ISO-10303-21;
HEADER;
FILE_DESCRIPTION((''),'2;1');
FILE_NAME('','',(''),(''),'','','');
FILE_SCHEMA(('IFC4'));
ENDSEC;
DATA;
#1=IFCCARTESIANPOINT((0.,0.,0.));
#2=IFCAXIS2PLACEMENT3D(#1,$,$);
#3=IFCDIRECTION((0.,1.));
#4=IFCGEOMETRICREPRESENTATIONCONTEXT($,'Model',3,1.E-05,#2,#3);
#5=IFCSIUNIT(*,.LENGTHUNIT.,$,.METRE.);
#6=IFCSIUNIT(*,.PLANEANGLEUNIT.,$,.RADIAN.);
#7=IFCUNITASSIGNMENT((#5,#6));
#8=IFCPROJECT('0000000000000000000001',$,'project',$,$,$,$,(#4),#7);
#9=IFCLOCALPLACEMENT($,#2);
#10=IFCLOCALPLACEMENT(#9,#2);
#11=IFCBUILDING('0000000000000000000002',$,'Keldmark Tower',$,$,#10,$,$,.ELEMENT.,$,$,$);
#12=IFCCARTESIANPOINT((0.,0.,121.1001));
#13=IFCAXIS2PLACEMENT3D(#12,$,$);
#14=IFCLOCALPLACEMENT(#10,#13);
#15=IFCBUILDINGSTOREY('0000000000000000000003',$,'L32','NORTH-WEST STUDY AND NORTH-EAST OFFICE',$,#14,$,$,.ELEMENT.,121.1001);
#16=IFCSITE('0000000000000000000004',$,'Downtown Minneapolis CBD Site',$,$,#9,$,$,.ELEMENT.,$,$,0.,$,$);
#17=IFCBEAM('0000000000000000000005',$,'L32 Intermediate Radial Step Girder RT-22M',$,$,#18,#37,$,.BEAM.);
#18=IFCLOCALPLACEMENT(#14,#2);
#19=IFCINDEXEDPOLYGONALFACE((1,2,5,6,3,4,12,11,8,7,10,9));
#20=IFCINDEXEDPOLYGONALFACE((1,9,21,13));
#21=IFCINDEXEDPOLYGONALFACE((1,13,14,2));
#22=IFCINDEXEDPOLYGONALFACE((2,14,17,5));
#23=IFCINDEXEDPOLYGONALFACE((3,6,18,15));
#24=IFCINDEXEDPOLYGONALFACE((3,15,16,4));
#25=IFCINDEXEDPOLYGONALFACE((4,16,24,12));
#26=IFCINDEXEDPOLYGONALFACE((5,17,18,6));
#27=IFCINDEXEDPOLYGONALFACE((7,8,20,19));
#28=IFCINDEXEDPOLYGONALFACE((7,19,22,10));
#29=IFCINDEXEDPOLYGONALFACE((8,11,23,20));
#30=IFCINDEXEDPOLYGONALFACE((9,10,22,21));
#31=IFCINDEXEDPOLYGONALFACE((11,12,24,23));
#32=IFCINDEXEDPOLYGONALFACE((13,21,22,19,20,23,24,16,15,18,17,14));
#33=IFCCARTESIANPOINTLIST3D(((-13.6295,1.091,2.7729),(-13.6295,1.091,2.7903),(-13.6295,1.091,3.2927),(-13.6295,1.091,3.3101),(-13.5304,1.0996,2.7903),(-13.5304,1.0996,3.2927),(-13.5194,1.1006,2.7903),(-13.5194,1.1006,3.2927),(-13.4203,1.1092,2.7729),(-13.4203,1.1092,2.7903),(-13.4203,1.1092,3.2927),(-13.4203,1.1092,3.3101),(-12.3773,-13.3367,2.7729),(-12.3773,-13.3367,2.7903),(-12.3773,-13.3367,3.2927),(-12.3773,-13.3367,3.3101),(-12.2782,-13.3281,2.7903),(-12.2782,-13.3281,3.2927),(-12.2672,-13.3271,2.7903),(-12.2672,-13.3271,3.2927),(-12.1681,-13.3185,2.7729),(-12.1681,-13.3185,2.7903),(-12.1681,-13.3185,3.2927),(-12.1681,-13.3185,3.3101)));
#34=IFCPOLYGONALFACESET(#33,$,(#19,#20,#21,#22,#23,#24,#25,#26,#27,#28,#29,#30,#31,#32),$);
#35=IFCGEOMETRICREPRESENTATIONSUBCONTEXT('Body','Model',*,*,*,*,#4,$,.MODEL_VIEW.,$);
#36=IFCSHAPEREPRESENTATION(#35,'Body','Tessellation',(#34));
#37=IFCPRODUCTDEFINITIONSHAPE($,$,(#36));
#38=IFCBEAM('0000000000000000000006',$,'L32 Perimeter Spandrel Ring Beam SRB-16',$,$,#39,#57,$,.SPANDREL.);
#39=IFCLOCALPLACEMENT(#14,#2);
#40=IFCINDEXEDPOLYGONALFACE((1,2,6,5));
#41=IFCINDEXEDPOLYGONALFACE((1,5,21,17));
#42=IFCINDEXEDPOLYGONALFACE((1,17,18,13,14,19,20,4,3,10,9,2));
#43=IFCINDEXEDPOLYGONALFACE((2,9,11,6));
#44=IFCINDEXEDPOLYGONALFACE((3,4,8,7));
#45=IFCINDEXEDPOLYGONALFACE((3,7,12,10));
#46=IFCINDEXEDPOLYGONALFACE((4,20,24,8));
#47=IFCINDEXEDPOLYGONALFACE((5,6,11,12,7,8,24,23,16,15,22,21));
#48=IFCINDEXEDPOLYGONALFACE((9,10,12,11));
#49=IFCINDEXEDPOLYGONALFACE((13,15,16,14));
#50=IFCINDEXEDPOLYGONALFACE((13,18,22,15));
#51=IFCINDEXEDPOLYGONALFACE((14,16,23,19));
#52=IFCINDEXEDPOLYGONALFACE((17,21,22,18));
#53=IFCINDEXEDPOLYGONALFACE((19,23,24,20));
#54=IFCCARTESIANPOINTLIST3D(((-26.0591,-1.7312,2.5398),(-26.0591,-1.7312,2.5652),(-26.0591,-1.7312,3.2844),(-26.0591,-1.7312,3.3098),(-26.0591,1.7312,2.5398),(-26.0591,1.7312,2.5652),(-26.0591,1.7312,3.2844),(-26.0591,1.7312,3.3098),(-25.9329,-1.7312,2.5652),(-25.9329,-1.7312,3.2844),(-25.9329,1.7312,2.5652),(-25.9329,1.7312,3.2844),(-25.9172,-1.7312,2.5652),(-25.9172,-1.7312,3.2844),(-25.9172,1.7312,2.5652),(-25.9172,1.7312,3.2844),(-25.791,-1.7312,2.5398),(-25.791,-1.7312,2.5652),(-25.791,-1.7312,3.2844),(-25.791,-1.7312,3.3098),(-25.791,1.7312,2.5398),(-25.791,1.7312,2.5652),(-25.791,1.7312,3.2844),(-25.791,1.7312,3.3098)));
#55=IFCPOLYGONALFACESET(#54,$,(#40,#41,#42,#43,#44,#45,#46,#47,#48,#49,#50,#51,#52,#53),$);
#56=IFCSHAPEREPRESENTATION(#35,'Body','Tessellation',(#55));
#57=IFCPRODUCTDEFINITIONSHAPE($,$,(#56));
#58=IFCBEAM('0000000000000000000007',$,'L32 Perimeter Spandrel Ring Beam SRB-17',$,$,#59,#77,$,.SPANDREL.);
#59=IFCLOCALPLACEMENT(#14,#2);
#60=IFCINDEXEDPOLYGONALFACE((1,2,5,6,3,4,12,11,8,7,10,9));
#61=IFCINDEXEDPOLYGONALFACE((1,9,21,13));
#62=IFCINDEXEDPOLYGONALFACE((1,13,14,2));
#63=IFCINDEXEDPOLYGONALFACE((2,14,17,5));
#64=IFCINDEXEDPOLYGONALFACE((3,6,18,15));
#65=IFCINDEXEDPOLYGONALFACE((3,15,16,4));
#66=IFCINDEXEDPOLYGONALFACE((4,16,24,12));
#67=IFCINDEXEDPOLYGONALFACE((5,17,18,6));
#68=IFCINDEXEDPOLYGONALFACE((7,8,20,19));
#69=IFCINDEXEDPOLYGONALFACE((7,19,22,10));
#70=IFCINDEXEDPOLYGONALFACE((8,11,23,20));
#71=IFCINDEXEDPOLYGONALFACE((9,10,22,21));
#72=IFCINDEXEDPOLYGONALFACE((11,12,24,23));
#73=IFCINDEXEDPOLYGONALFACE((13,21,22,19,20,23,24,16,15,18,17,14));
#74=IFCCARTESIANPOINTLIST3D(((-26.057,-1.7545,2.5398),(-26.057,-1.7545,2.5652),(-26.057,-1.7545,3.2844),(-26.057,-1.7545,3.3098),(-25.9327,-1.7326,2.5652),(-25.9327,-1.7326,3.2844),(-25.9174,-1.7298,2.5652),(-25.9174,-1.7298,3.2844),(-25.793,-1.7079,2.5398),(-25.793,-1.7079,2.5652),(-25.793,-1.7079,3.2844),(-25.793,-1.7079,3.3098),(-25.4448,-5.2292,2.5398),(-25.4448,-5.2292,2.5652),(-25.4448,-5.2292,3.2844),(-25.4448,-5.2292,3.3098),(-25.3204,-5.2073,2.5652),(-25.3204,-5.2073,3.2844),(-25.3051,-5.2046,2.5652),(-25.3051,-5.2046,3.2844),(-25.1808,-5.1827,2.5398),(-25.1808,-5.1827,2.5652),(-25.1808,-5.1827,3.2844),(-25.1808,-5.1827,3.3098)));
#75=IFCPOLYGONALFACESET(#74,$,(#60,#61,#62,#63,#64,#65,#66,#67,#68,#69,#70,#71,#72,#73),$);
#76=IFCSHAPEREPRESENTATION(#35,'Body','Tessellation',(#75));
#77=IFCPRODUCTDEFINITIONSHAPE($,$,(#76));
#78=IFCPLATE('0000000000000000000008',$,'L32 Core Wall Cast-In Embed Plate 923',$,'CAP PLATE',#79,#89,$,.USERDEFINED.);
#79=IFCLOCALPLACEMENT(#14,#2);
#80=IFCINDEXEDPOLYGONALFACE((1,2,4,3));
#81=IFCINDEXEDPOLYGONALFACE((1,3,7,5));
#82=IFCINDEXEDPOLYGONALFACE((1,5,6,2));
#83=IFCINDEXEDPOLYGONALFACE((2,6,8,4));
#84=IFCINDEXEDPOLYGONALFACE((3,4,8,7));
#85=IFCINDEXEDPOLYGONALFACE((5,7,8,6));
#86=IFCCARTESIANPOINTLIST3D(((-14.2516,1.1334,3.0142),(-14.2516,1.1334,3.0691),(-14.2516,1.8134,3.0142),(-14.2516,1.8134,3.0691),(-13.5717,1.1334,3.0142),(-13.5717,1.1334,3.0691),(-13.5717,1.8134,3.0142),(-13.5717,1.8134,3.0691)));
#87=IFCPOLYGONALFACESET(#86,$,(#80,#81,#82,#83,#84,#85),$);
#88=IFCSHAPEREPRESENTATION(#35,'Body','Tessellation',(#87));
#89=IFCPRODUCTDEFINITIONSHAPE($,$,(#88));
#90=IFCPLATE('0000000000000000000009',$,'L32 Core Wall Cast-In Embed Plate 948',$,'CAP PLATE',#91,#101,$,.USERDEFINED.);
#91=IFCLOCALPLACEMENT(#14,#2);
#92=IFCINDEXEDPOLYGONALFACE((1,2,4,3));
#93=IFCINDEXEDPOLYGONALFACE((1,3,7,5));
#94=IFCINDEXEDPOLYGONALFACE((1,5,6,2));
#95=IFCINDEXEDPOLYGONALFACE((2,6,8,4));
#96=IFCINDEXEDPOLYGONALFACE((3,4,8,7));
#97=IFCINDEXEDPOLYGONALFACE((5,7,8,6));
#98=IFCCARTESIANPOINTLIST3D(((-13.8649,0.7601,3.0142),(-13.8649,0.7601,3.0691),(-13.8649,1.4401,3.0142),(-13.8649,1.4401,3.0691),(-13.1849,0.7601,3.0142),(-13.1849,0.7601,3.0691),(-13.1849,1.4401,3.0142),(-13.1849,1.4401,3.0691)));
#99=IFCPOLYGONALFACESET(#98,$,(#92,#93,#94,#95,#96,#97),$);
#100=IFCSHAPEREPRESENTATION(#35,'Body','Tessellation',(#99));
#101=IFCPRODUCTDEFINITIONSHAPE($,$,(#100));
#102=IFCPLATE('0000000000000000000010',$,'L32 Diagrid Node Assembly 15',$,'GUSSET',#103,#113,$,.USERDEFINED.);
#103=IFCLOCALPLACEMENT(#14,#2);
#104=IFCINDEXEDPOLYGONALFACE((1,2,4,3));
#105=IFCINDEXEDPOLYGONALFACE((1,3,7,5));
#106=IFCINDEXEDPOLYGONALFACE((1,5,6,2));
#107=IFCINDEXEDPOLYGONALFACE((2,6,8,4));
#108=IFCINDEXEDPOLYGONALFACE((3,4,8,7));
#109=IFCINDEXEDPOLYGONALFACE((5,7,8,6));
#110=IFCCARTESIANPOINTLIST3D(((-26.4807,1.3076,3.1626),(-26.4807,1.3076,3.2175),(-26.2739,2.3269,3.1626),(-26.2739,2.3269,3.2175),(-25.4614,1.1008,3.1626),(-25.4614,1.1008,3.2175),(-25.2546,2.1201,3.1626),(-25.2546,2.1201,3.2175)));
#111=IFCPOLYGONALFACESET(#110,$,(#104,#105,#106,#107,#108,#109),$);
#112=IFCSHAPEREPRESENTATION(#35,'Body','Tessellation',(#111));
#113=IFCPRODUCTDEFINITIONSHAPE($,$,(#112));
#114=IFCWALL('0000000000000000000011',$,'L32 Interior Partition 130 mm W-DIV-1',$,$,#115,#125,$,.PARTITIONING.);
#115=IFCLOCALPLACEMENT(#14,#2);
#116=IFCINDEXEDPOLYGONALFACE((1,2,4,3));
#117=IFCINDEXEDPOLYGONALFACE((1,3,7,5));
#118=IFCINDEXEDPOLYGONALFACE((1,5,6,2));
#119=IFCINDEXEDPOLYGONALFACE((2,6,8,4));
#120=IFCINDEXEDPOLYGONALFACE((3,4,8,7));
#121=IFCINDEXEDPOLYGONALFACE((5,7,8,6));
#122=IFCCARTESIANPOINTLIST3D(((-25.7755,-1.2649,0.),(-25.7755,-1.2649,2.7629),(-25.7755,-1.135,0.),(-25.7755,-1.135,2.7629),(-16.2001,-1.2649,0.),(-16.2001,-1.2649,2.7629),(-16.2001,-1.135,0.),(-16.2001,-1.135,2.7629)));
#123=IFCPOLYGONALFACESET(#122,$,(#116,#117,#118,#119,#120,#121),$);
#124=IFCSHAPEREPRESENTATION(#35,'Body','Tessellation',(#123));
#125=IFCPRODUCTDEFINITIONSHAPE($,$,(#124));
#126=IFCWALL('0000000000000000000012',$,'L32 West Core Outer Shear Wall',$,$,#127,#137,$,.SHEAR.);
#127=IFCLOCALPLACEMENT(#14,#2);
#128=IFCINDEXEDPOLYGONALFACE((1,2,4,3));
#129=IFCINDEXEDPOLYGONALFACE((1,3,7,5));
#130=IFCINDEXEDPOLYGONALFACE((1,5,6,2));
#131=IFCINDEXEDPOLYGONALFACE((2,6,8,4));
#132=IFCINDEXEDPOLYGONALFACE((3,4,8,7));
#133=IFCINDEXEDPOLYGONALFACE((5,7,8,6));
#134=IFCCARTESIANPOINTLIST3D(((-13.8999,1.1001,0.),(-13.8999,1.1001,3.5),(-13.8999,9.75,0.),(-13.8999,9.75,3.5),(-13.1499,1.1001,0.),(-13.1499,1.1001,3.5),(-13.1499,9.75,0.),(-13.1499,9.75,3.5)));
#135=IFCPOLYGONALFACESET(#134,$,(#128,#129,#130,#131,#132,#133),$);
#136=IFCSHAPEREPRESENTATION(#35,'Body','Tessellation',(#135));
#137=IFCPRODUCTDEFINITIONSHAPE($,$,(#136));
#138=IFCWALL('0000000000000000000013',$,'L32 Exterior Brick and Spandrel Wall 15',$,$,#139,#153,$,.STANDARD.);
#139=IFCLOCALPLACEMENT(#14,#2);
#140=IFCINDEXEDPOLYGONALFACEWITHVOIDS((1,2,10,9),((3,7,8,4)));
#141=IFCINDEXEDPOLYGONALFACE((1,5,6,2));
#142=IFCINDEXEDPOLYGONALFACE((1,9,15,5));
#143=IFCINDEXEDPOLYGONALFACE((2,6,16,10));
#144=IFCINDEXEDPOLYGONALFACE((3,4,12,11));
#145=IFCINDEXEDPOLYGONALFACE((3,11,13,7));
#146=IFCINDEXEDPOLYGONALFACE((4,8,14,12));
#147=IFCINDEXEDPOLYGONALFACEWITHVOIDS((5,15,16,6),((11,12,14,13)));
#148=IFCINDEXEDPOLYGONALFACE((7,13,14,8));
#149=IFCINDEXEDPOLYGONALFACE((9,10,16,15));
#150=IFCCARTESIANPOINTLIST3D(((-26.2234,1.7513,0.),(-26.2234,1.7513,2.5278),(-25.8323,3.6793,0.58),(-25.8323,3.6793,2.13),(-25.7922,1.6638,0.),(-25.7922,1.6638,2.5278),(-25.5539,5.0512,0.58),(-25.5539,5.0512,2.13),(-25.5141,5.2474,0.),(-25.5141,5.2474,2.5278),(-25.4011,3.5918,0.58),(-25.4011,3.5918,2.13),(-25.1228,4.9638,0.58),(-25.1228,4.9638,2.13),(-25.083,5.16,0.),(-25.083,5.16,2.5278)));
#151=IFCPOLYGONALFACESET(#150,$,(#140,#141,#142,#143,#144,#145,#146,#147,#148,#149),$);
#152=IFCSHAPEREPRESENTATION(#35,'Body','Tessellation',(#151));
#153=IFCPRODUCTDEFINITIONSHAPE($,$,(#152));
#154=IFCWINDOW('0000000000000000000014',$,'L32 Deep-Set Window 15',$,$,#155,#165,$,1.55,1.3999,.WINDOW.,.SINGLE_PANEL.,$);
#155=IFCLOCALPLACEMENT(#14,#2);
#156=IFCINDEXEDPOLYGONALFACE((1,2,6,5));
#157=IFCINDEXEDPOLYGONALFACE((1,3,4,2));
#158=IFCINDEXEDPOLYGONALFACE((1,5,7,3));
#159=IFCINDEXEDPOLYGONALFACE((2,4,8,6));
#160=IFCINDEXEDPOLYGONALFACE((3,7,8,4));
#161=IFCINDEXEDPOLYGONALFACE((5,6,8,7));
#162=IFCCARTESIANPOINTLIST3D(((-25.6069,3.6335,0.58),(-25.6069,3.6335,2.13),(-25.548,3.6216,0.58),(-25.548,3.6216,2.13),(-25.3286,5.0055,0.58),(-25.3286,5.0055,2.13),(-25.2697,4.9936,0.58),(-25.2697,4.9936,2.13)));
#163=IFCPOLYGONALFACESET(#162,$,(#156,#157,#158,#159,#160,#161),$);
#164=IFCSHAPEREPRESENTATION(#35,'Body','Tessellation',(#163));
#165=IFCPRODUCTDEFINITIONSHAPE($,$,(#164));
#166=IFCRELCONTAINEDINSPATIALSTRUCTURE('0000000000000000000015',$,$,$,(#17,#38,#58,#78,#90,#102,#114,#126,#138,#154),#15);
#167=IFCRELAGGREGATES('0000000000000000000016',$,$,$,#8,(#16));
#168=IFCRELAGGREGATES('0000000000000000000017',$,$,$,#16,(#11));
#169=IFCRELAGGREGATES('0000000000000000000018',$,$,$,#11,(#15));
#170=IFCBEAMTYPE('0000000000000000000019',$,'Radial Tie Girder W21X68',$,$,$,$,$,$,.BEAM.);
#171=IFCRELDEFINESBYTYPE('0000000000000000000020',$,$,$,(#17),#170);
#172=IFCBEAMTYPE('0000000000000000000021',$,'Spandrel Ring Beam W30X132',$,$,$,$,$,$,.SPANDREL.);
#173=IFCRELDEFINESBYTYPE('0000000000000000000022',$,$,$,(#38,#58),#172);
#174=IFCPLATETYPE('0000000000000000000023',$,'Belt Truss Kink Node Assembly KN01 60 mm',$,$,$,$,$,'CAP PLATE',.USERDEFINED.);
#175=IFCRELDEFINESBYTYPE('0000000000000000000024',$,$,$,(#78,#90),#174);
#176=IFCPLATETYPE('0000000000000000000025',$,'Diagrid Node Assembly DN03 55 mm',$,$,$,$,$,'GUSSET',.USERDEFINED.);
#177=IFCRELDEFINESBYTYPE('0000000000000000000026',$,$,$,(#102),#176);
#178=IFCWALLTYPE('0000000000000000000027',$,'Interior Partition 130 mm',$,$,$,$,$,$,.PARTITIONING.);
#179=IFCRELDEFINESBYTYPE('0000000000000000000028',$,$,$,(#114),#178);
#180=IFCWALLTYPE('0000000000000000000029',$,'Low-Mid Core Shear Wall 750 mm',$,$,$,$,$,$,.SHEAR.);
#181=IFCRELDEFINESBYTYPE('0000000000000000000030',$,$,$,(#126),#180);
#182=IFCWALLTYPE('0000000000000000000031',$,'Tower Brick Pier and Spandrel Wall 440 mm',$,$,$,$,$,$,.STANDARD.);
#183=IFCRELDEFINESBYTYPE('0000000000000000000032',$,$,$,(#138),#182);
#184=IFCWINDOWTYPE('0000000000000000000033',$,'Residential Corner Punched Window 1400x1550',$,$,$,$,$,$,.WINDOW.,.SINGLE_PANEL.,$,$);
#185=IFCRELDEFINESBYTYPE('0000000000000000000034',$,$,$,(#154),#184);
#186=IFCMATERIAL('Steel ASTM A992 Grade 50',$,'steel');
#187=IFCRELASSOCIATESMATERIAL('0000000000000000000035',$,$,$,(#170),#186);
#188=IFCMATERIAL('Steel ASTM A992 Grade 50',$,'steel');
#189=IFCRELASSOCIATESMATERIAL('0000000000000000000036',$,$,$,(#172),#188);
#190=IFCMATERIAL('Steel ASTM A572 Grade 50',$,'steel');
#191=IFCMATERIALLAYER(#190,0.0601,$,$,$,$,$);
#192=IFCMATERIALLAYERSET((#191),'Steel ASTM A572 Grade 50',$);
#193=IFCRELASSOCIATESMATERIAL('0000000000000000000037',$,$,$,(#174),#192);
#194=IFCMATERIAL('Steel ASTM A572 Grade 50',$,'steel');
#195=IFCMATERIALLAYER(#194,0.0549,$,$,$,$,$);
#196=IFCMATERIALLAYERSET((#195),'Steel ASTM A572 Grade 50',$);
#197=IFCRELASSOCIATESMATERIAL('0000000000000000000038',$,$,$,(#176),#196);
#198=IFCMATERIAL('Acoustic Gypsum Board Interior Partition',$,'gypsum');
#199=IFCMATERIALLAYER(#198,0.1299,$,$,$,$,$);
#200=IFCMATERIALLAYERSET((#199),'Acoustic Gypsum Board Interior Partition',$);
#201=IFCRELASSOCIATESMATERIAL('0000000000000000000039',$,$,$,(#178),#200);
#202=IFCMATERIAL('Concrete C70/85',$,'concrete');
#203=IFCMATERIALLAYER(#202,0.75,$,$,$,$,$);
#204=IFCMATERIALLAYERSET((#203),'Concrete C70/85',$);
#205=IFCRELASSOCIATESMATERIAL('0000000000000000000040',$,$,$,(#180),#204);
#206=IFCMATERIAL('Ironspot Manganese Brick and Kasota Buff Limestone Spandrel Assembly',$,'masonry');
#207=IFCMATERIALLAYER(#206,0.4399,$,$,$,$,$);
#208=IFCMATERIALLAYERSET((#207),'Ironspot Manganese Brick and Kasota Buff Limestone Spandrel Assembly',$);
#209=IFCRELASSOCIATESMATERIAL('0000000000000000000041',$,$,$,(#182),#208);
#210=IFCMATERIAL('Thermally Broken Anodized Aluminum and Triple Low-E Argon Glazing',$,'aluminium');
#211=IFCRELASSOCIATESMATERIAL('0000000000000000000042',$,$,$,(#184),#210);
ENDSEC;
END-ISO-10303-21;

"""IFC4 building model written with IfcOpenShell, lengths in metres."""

from ifc_helpers import new_model, si_unit, direction, frame, frame_2d, origin, origin_2d, place, context, subcontext, project, spatial, rectangle, i_section, extrude, material, layer, layer_set, material_profile, profile_set, type_object, element, fill, save


model = new_model("IFC4")

# Units and contexts
model_context = context("Model", 3, precision=1e-05, world=origin(), true_north=direction((0.0, 1.0)))
body_context = subcontext(model_context, "Body", "Model", "MODEL_VIEW")
ifc_project = project(units=[si_unit("LENGTHUNIT", "METRE"), si_unit("PLANEANGLEUNIT", "RADIAN")], contexts=[model_context])

# Site, building, storey
site_placement = place(None, origin())
site = spatial("IfcSite", under=ifc_project, at=site_placement, Name="Downtown Minneapolis CBD Site", CompositionType="ELEMENT", RefElevation=0.0)
building_placement = place(site_placement, origin())
building = spatial("IfcBuilding", under=site, at=building_placement, Name="Keldmark Tower", CompositionType="ELEMENT")
storey_placement = place(building_placement, frame((0.0, 0.0, 121.1001)))
storey = spatial("IfcBuildingStorey", under=building, at=storey_placement, Name="L32", Description="NORTH-WEST STUDY AND NORTH-EAST OFFICE", CompositionType="ELEMENT", Elevation=121.1001)

# Beams
ifc_material_1 = material(Name="Steel ASTM A992 Grade 50", Category="steel")
ifc_material_profile_1 = material_profile(ifc_material_1, i_section(OverallWidth=0.21, OverallDepth=0.5371, WebThickness=0.011, FlangeThickness=0.0173, at=origin_2d()), Name="W21X68")
ifc_profile_set_1 = profile_set([ifc_material_profile_1], Name="Steel ASTM A992 Grade 50")
beam_type_1 = type_object("IfcBeamType", Name="Radial Tie Girder W21X68", PredefinedType="BEAM", material=ifc_profile_set_1)
beam_1_placement = place(storey_placement, frame((-13.5249, 1.1001, 3.0415), z_axis=(0.086466, -0.996255, 0.0), x_axis=(0.996255, 0.086466, 0.0)))
element("IfcBeam", 1, at=beam_1_placement, inside=storey, type_object=beam_type_1, Name="L32 Intermediate Radial Step Girder RT-22M", PredefinedType="BEAM", context=body_context, shape_type="SweptSolid", body=[
    extrude(i_section(OverallWidth=0.21, OverallDepth=0.5371, WebThickness=0.011, FlangeThickness=0.0173, at=origin_2d()), origin(), (0.0, 0.0, 1.0), 14.4819),
])
ifc_material_2 = material(Name="Steel ASTM A992 Grade 50", Category="steel")
ifc_material_profile_2 = material_profile(ifc_material_2, i_section(OverallWidth=0.2681, OverallDepth=0.77, WebThickness=0.0156, FlangeThickness=0.0254, at=origin_2d()), Name="W30X132")
ifc_profile_set_2 = profile_set([ifc_material_profile_2], Name="Steel ASTM A992 Grade 50")
beam_type_2 = type_object("IfcBeamType", Name="Spandrel Ring Beam W30X132", PredefinedType="SPANDREL", material=ifc_profile_set_2)
beam_2_placement = place(storey_placement, frame((-25.925, 1.7312, 2.9248), z_axis=(0.0, -1.0, 0.0), x_axis=(1.0, 0.0, 0.0)))
element("IfcBeam", 2, at=beam_2_placement, inside=storey, type_object=beam_type_2, Name="L32 Perimeter Spandrel Ring Beam SRB-16", PredefinedType="SPANDREL", context=body_context, shape_type="SweptSolid", body=[
    extrude(i_section(OverallWidth=0.2681, OverallDepth=0.77, WebThickness=0.0156, FlangeThickness=0.0254, at=origin_2d()), origin(), (0.0, 0.0, 1.0), 3.4624),
])
beam_3_placement = place(storey_placement, frame((-25.925, -1.7312, 2.9248), z_axis=(0.173537, -0.984827, 0.0), x_axis=(0.984827, 0.173537, 0.0)))
element("IfcBeam", 3, at=beam_3_placement, inside=storey, type_object=beam_type_2, Name="L32 Perimeter Spandrel Ring Beam SRB-17", PredefinedType="SPANDREL", context=body_context, shape_type="SweptSolid", body=[
    extrude(i_section(OverallWidth=0.2681, OverallDepth=0.77, WebThickness=0.0156, FlangeThickness=0.0254, at=origin_2d()), origin(), (0.0, 0.0, 1.0), 3.5283),
])

# Plates
ifc_material_3 = material(Name="Steel ASTM A572 Grade 50", Category="steel")
ifc_layer_1 = layer(ifc_material_3, 0.0601)
ifc_layer_set_1 = layer_set([ifc_layer_1], Name="Steel ASTM A572 Grade 50")
plate_type_1 = type_object("IfcPlateType", Name="Belt Truss Kink Node Assembly KN01 60 mm", ElementType="CAP PLATE", PredefinedType="USERDEFINED", material=ifc_layer_set_1)
for number, where, z_axis, x_axis, name in (
    (4, (-13.9116, 1.4734, 3.0142), (0.0, 0.0, 1.0), (1.0, 0.0, 0.0), "L32 Core Wall Cast-In Embed Plate 923"),
    (5, (-13.5249, 1.1001, 3.0142), (0.0, 0.0, 1.0), (1.0, 0.0, 0.0), "L32 Core Wall Cast-In Embed Plate 948"),
):
    element("IfcPlate", number, at=place(storey_placement, frame(where, z_axis=z_axis, x_axis=x_axis)), inside=storey, type_object=plate_type_1, Name=name, ObjectType="CAP PLATE", PredefinedType="USERDEFINED", context=body_context, shape_type="SweptSolid", body=[
        extrude(rectangle(XDim=0.6799, YDim=0.6799, at=origin_2d()), origin(), (0.0, 0.0, 1.0), 0.0549),
    ])
ifc_material_4 = material(Name="Steel ASTM A572 Grade 50", Category="steel")
ifc_layer_2 = layer(ifc_material_4, 0.0549)
ifc_layer_set_2 = layer_set([ifc_layer_2], Name="Steel ASTM A572 Grade 50")
plate_type_2 = type_object("IfcPlateType", Name="Diagrid Node Assembly DN03 55 mm", ElementType="GUSSET", PredefinedType="USERDEFINED", material=ifc_layer_set_2)
plate_placement = place(storey_placement, frame((-25.8677, 1.7139, 3.1626), z_axis=(0.0, 0.0, 1.0), x_axis=(-0.198855, -0.980029, 0.0)))
element("IfcPlate", 6, at=plate_placement, inside=storey, type_object=plate_type_2, Name="L32 Diagrid Node Assembly 15", ObjectType="GUSSET", PredefinedType="USERDEFINED", context=body_context, shape_type="SweptSolid", body=[
    extrude(rectangle(XDim=1.04, YDim=1.04, at=origin_2d()), origin(), (0.0, 0.0, 1.0), 0.0549),
])

# Walls
ifc_material_5 = material(Name="Acoustic Gypsum Board Interior Partition", Category="gypsum")
ifc_layer_3 = layer(ifc_material_5, 0.1299)
ifc_layer_set_3 = layer_set([ifc_layer_3], Name="Acoustic Gypsum Board Interior Partition")
wall_type_1 = type_object("IfcWallType", Name="Interior Partition 130 mm", PredefinedType="PARTITIONING", material=ifc_layer_set_3)
wall_1_placement = place(storey_placement, frame((-25.7754, -1.2, 0.0), z_axis=(0.0, 0.0, 1.0), x_axis=(1.0, 0.0, 0.0)))
element("IfcWall", 7, at=wall_1_placement, inside=storey, type_object=wall_type_1, Name="L32 Interior Partition 130 mm W-DIV-1", PredefinedType="PARTITIONING", context=body_context, shape_type="SweptSolid", body=[
    extrude(rectangle(XDim=9.5754, YDim=0.1299, at=frame_2d((4.7876, 0.0))), origin(), (0.0, 0.0, 1.0), 2.7629),
])
ifc_material_6 = material(Name="Concrete C70/85", Category="concrete")
ifc_layer_4 = layer(ifc_material_6, 0.75)
ifc_layer_set_4 = layer_set([ifc_layer_4], Name="Concrete C70/85")
wall_type_2 = type_object("IfcWallType", Name="Low-Mid Core Shear Wall 750 mm", PredefinedType="SHEAR", material=ifc_layer_set_4)
wall_2_placement = place(storey_placement, frame((-13.5249, 1.1001, 0.0), z_axis=(0.0, 0.0, 1.0), x_axis=(0.0, 1.0, 0.0)))
element("IfcWall", 8, at=wall_2_placement, inside=storey, type_object=wall_type_2, Name="L32 West Core Outer Shear Wall", PredefinedType="SHEAR", context=body_context, shape_type="SweptSolid", body=[
    extrude(rectangle(XDim=8.6499, YDim=0.75, at=frame_2d((4.325, 0.0))), origin(), (0.0, 0.0, 1.0), 3.5),
])

# Wall, opening, window
ifc_material_7 = material(Name="Ironspot Manganese Brick and Kasota Buff Limestone Spandrel Assembly", Category="masonry")
ifc_layer_5 = layer(ifc_material_7, 0.4399)
ifc_layer_set_5 = layer_set([ifc_layer_5], Name="Ironspot Manganese Brick and Kasota Buff Limestone Spandrel Assembly")
wall_type_3 = type_object("IfcWallType", Name="Tower Brick Pier and Spandrel Wall 440 mm", PredefinedType="STANDARD", material=ifc_layer_set_5)
wall_3_placement = place(storey_placement, frame((-26.0078, 1.7075, 0.0), z_axis=(0.0, 0.0, 1.0), x_axis=(0.198813, 0.980037, 0.0)))
wall_3 = element("IfcWall", 9, at=wall_3_placement, inside=storey, type_object=wall_type_3, Name="L32 Exterior Brick and Spandrel Wall 15", PredefinedType="STANDARD", context=body_context, shape_type="SweptSolid", body=[
    extrude(rectangle(XDim=3.5674, YDim=0.4399, at=frame_2d((1.7837, 0.0))), origin(), (0.0, 0.0, 1.0), 2.5278),
])
opening_1_placement = place(wall_3_placement, frame((1.9673, 0.0, 0.5801)))
opening_1 = element("IfcOpeningElement", 10, at=opening_1_placement, cuts=wall_3, PredefinedType="OPENING", context=body_context, shape_type="SweptSolid", body=[
    extrude(rectangle(XDim=1.3999, YDim=1.55, at=frame_2d((0.7, 0.7749))), frame((0.0, 0.23, 0.0), z_axis=(0.0, -1.0, 0.0), x_axis=(1.0, 0.0, 0.0)), (0.0, 0.0, 1.0), 0.46),
])
ifc_material_8 = material(Name="Thermally Broken Anodized Aluminum and Triple Low-E Argon Glazing", Category="aluminium")
window_type_1 = type_object("IfcWindowType", Name="Residential Corner Punched Window 1400x1550", PartitioningType="SINGLE_PANEL", PredefinedType="WINDOW", material=ifc_material_8)
window_1_placement = place(opening_1_placement, origin())
window_1 = element("IfcWindow", 11, at=window_1_placement, inside=storey, type_object=window_type_1, Name="L32 Deep-Set Window 15", OverallHeight=1.55, OverallWidth=1.3999, PartitioningType="SINGLE_PANEL", PredefinedType="WINDOW", context=body_context, shape_type="SweptSolid", body=[
    extrude(rectangle(XDim=1.3999, YDim=1.55, at=frame_2d((0.7, 0.7749))), frame((0.0, -0.01, 0.0), z_axis=(0.0, -1.0, 0.0), x_axis=(1.0, 0.0, 0.0)), (0.0, 0.0, 1.0), 0.0601),
])
fill(opening_1, window_1)

save(model, "model.ifc")
